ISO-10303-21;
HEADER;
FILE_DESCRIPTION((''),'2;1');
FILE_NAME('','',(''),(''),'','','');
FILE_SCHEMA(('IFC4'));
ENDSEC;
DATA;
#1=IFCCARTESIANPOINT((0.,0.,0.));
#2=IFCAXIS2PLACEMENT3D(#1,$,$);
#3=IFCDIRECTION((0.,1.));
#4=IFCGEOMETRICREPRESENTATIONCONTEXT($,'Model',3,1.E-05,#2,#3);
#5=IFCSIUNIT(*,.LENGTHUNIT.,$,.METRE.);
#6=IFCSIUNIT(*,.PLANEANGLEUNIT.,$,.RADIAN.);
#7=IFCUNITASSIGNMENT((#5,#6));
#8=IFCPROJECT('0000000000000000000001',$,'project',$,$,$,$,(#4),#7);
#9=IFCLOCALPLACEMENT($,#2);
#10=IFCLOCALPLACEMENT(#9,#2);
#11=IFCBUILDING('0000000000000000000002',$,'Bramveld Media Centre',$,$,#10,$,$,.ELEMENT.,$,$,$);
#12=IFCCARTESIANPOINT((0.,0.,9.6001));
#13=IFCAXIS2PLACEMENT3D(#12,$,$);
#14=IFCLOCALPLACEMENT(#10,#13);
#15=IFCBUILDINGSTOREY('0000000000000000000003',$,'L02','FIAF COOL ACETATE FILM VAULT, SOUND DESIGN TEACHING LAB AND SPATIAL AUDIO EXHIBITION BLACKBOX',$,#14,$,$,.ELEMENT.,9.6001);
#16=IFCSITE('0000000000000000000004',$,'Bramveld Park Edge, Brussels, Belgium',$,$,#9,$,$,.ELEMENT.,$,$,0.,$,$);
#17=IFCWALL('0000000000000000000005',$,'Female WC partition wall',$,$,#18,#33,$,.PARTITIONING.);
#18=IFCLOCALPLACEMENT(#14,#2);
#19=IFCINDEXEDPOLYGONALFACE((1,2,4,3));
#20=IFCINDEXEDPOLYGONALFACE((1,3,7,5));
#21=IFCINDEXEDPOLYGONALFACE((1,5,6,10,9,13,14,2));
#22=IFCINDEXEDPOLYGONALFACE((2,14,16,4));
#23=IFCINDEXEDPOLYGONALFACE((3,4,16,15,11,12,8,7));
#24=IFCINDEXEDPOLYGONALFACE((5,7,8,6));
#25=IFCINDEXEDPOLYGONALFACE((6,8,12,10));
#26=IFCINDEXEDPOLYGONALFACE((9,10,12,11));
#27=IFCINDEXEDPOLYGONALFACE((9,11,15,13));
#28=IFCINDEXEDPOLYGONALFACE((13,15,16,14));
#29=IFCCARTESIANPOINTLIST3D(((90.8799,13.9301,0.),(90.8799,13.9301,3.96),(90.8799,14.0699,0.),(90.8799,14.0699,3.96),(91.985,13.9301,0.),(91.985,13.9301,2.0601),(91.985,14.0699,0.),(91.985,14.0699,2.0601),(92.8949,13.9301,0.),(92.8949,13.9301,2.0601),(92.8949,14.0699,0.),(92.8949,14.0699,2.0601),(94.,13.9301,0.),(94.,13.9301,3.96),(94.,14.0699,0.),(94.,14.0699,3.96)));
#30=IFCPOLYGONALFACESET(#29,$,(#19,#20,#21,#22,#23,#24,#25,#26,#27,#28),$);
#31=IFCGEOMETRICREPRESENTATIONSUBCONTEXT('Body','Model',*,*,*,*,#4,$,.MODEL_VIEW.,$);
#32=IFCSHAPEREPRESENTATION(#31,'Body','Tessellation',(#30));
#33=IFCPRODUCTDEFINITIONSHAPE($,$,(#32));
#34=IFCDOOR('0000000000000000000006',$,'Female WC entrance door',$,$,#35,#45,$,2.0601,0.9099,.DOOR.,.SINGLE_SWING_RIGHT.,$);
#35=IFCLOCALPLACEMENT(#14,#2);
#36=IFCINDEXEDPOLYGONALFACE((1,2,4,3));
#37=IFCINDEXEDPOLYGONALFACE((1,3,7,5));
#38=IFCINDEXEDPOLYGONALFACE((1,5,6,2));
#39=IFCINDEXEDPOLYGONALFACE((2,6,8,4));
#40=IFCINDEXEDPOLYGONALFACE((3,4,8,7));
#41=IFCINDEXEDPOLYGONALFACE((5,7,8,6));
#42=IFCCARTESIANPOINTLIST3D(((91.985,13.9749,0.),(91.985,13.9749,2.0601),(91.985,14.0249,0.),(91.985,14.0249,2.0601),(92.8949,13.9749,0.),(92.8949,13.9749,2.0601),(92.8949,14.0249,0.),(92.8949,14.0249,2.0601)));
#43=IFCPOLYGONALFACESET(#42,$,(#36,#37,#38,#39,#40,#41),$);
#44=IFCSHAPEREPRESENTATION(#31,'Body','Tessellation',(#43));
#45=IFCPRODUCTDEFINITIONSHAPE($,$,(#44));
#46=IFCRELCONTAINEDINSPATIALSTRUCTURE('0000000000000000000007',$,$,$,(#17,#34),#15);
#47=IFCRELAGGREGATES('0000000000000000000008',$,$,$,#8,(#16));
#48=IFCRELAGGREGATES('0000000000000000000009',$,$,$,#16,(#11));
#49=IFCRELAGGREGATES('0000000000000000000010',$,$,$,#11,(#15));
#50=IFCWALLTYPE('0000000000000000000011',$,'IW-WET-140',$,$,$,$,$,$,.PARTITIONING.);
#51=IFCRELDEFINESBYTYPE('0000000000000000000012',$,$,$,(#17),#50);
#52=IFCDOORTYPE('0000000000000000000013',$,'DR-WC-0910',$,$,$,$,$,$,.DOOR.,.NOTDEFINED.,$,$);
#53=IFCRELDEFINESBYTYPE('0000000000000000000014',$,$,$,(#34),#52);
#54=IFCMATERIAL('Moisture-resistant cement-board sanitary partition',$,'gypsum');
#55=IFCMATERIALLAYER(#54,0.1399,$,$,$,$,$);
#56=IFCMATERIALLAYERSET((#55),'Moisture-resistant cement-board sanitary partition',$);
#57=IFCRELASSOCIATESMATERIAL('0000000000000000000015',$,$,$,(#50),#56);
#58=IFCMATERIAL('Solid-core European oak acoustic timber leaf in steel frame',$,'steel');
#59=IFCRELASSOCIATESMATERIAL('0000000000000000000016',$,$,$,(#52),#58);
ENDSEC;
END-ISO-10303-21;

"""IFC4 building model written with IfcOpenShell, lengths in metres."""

from ifc_helpers import new_model, si_unit, direction, frame, frame_2d, origin, place, context, subcontext, project, spatial, rectangle, extrude, material, layer, layer_set, type_object, element, fill, save


model = new_model("IFC4")

# Units and contexts
model_context = context("Model", 3, precision=1e-05, world=origin(), true_north=direction((0.0, 1.0)))
body_context = subcontext(model_context, "Body", "Model", "MODEL_VIEW")
ifc_project = project(units=[si_unit("LENGTHUNIT", "METRE"), si_unit("PLANEANGLEUNIT", "RADIAN")], contexts=[model_context])

# Site, building, storey
site_placement = place(None, origin())
site = spatial("IfcSite", under=ifc_project, at=site_placement, Name="Bramveld Park Edge, Brussels, Belgium", CompositionType="ELEMENT", RefElevation=0.0)
building_placement = place(site_placement, origin())
building = spatial("IfcBuilding", under=site, at=building_placement, Name="Bramveld Media Centre", CompositionType="ELEMENT")
storey_placement = place(building_placement, frame((0.0, 0.0, 9.6001)))
storey = spatial("IfcBuildingStorey", under=building, at=storey_placement, Name="L02", Description="FIAF COOL ACETATE FILM VAULT, SOUND DESIGN TEACHING LAB AND SPATIAL AUDIO EXHIBITION BLACKBOX", CompositionType="ELEMENT", Elevation=9.6001)

# Wall, opening, door
ifc_material_1 = material(Name="Moisture-resistant cement-board sanitary partition", Category="gypsum")
ifc_layer_1 = layer(ifc_material_1, 0.1399)
ifc_layer_set_1 = layer_set([ifc_layer_1], Name="Moisture-resistant cement-board sanitary partition")
wall_type_1 = type_object("IfcWallType", Name="IW-WET-140", PredefinedType="PARTITIONING", material=ifc_layer_set_1)
wall_1_placement = place(storey_placement, frame((90.8799, 14.0, 0.0), z_axis=(0.0, 0.0, 1.0), x_axis=(1.0, 0.0, 0.0)))
wall_1 = element("IfcWall", 1, at=wall_1_placement, inside=storey, type_object=wall_type_1, Name="Female WC partition wall", PredefinedType="PARTITIONING", context=body_context, shape_type="SweptSolid", body=[
    extrude(rectangle(XDim=3.1201, YDim=0.1399, at=frame_2d((1.5601, 0.0))), origin(), (0.0, 0.0, 1.0), 3.96),
])
opening_placement = place(wall_1_placement, frame((1.105, 0.0, 0.0)))
opening = element("IfcOpeningElement", 2, at=opening_placement, cuts=wall_1, PredefinedType="OPENING", context=body_context, shape_type="SweptSolid", body=[
    extrude(rectangle(XDim=0.9099, YDim=2.0601, at=frame_2d((0.4551, 1.03))), frame((0.0, 0.082, 0.0), z_axis=(0.0, -1.0, 0.0), x_axis=(1.0, 0.0, 0.0)), (0.0, 0.0, 1.0), 0.1638),
])
ifc_material_2 = material(Name="Solid-core European oak acoustic timber leaf in steel frame", Category="steel")
door_type = type_object("IfcDoorType", Name="DR-WC-0910", OperationType="NOTDEFINED", PredefinedType="DOOR", material=ifc_material_2)
door_placement = place(opening_placement, origin())
door = element("IfcDoor", 3, at=door_placement, inside=storey, type_object=door_type, Name="Female WC entrance door", OperationType="SINGLE_SWING_RIGHT", OverallHeight=2.0601, OverallWidth=0.9099, PredefinedType="DOOR", context=body_context, shape_type="SweptSolid", body=[
    extrude(rectangle(XDim=0.9099, YDim=2.0601, at=frame_2d((0.4551, 1.03))), frame((0.0, 0.0249, 0.0), z_axis=(0.0, -1.0, 0.0), x_axis=(1.0, 0.0, 0.0)), (0.0, 0.0, 1.0), 0.05),
])
fill(opening, door)

save(model, "model.ifc")
